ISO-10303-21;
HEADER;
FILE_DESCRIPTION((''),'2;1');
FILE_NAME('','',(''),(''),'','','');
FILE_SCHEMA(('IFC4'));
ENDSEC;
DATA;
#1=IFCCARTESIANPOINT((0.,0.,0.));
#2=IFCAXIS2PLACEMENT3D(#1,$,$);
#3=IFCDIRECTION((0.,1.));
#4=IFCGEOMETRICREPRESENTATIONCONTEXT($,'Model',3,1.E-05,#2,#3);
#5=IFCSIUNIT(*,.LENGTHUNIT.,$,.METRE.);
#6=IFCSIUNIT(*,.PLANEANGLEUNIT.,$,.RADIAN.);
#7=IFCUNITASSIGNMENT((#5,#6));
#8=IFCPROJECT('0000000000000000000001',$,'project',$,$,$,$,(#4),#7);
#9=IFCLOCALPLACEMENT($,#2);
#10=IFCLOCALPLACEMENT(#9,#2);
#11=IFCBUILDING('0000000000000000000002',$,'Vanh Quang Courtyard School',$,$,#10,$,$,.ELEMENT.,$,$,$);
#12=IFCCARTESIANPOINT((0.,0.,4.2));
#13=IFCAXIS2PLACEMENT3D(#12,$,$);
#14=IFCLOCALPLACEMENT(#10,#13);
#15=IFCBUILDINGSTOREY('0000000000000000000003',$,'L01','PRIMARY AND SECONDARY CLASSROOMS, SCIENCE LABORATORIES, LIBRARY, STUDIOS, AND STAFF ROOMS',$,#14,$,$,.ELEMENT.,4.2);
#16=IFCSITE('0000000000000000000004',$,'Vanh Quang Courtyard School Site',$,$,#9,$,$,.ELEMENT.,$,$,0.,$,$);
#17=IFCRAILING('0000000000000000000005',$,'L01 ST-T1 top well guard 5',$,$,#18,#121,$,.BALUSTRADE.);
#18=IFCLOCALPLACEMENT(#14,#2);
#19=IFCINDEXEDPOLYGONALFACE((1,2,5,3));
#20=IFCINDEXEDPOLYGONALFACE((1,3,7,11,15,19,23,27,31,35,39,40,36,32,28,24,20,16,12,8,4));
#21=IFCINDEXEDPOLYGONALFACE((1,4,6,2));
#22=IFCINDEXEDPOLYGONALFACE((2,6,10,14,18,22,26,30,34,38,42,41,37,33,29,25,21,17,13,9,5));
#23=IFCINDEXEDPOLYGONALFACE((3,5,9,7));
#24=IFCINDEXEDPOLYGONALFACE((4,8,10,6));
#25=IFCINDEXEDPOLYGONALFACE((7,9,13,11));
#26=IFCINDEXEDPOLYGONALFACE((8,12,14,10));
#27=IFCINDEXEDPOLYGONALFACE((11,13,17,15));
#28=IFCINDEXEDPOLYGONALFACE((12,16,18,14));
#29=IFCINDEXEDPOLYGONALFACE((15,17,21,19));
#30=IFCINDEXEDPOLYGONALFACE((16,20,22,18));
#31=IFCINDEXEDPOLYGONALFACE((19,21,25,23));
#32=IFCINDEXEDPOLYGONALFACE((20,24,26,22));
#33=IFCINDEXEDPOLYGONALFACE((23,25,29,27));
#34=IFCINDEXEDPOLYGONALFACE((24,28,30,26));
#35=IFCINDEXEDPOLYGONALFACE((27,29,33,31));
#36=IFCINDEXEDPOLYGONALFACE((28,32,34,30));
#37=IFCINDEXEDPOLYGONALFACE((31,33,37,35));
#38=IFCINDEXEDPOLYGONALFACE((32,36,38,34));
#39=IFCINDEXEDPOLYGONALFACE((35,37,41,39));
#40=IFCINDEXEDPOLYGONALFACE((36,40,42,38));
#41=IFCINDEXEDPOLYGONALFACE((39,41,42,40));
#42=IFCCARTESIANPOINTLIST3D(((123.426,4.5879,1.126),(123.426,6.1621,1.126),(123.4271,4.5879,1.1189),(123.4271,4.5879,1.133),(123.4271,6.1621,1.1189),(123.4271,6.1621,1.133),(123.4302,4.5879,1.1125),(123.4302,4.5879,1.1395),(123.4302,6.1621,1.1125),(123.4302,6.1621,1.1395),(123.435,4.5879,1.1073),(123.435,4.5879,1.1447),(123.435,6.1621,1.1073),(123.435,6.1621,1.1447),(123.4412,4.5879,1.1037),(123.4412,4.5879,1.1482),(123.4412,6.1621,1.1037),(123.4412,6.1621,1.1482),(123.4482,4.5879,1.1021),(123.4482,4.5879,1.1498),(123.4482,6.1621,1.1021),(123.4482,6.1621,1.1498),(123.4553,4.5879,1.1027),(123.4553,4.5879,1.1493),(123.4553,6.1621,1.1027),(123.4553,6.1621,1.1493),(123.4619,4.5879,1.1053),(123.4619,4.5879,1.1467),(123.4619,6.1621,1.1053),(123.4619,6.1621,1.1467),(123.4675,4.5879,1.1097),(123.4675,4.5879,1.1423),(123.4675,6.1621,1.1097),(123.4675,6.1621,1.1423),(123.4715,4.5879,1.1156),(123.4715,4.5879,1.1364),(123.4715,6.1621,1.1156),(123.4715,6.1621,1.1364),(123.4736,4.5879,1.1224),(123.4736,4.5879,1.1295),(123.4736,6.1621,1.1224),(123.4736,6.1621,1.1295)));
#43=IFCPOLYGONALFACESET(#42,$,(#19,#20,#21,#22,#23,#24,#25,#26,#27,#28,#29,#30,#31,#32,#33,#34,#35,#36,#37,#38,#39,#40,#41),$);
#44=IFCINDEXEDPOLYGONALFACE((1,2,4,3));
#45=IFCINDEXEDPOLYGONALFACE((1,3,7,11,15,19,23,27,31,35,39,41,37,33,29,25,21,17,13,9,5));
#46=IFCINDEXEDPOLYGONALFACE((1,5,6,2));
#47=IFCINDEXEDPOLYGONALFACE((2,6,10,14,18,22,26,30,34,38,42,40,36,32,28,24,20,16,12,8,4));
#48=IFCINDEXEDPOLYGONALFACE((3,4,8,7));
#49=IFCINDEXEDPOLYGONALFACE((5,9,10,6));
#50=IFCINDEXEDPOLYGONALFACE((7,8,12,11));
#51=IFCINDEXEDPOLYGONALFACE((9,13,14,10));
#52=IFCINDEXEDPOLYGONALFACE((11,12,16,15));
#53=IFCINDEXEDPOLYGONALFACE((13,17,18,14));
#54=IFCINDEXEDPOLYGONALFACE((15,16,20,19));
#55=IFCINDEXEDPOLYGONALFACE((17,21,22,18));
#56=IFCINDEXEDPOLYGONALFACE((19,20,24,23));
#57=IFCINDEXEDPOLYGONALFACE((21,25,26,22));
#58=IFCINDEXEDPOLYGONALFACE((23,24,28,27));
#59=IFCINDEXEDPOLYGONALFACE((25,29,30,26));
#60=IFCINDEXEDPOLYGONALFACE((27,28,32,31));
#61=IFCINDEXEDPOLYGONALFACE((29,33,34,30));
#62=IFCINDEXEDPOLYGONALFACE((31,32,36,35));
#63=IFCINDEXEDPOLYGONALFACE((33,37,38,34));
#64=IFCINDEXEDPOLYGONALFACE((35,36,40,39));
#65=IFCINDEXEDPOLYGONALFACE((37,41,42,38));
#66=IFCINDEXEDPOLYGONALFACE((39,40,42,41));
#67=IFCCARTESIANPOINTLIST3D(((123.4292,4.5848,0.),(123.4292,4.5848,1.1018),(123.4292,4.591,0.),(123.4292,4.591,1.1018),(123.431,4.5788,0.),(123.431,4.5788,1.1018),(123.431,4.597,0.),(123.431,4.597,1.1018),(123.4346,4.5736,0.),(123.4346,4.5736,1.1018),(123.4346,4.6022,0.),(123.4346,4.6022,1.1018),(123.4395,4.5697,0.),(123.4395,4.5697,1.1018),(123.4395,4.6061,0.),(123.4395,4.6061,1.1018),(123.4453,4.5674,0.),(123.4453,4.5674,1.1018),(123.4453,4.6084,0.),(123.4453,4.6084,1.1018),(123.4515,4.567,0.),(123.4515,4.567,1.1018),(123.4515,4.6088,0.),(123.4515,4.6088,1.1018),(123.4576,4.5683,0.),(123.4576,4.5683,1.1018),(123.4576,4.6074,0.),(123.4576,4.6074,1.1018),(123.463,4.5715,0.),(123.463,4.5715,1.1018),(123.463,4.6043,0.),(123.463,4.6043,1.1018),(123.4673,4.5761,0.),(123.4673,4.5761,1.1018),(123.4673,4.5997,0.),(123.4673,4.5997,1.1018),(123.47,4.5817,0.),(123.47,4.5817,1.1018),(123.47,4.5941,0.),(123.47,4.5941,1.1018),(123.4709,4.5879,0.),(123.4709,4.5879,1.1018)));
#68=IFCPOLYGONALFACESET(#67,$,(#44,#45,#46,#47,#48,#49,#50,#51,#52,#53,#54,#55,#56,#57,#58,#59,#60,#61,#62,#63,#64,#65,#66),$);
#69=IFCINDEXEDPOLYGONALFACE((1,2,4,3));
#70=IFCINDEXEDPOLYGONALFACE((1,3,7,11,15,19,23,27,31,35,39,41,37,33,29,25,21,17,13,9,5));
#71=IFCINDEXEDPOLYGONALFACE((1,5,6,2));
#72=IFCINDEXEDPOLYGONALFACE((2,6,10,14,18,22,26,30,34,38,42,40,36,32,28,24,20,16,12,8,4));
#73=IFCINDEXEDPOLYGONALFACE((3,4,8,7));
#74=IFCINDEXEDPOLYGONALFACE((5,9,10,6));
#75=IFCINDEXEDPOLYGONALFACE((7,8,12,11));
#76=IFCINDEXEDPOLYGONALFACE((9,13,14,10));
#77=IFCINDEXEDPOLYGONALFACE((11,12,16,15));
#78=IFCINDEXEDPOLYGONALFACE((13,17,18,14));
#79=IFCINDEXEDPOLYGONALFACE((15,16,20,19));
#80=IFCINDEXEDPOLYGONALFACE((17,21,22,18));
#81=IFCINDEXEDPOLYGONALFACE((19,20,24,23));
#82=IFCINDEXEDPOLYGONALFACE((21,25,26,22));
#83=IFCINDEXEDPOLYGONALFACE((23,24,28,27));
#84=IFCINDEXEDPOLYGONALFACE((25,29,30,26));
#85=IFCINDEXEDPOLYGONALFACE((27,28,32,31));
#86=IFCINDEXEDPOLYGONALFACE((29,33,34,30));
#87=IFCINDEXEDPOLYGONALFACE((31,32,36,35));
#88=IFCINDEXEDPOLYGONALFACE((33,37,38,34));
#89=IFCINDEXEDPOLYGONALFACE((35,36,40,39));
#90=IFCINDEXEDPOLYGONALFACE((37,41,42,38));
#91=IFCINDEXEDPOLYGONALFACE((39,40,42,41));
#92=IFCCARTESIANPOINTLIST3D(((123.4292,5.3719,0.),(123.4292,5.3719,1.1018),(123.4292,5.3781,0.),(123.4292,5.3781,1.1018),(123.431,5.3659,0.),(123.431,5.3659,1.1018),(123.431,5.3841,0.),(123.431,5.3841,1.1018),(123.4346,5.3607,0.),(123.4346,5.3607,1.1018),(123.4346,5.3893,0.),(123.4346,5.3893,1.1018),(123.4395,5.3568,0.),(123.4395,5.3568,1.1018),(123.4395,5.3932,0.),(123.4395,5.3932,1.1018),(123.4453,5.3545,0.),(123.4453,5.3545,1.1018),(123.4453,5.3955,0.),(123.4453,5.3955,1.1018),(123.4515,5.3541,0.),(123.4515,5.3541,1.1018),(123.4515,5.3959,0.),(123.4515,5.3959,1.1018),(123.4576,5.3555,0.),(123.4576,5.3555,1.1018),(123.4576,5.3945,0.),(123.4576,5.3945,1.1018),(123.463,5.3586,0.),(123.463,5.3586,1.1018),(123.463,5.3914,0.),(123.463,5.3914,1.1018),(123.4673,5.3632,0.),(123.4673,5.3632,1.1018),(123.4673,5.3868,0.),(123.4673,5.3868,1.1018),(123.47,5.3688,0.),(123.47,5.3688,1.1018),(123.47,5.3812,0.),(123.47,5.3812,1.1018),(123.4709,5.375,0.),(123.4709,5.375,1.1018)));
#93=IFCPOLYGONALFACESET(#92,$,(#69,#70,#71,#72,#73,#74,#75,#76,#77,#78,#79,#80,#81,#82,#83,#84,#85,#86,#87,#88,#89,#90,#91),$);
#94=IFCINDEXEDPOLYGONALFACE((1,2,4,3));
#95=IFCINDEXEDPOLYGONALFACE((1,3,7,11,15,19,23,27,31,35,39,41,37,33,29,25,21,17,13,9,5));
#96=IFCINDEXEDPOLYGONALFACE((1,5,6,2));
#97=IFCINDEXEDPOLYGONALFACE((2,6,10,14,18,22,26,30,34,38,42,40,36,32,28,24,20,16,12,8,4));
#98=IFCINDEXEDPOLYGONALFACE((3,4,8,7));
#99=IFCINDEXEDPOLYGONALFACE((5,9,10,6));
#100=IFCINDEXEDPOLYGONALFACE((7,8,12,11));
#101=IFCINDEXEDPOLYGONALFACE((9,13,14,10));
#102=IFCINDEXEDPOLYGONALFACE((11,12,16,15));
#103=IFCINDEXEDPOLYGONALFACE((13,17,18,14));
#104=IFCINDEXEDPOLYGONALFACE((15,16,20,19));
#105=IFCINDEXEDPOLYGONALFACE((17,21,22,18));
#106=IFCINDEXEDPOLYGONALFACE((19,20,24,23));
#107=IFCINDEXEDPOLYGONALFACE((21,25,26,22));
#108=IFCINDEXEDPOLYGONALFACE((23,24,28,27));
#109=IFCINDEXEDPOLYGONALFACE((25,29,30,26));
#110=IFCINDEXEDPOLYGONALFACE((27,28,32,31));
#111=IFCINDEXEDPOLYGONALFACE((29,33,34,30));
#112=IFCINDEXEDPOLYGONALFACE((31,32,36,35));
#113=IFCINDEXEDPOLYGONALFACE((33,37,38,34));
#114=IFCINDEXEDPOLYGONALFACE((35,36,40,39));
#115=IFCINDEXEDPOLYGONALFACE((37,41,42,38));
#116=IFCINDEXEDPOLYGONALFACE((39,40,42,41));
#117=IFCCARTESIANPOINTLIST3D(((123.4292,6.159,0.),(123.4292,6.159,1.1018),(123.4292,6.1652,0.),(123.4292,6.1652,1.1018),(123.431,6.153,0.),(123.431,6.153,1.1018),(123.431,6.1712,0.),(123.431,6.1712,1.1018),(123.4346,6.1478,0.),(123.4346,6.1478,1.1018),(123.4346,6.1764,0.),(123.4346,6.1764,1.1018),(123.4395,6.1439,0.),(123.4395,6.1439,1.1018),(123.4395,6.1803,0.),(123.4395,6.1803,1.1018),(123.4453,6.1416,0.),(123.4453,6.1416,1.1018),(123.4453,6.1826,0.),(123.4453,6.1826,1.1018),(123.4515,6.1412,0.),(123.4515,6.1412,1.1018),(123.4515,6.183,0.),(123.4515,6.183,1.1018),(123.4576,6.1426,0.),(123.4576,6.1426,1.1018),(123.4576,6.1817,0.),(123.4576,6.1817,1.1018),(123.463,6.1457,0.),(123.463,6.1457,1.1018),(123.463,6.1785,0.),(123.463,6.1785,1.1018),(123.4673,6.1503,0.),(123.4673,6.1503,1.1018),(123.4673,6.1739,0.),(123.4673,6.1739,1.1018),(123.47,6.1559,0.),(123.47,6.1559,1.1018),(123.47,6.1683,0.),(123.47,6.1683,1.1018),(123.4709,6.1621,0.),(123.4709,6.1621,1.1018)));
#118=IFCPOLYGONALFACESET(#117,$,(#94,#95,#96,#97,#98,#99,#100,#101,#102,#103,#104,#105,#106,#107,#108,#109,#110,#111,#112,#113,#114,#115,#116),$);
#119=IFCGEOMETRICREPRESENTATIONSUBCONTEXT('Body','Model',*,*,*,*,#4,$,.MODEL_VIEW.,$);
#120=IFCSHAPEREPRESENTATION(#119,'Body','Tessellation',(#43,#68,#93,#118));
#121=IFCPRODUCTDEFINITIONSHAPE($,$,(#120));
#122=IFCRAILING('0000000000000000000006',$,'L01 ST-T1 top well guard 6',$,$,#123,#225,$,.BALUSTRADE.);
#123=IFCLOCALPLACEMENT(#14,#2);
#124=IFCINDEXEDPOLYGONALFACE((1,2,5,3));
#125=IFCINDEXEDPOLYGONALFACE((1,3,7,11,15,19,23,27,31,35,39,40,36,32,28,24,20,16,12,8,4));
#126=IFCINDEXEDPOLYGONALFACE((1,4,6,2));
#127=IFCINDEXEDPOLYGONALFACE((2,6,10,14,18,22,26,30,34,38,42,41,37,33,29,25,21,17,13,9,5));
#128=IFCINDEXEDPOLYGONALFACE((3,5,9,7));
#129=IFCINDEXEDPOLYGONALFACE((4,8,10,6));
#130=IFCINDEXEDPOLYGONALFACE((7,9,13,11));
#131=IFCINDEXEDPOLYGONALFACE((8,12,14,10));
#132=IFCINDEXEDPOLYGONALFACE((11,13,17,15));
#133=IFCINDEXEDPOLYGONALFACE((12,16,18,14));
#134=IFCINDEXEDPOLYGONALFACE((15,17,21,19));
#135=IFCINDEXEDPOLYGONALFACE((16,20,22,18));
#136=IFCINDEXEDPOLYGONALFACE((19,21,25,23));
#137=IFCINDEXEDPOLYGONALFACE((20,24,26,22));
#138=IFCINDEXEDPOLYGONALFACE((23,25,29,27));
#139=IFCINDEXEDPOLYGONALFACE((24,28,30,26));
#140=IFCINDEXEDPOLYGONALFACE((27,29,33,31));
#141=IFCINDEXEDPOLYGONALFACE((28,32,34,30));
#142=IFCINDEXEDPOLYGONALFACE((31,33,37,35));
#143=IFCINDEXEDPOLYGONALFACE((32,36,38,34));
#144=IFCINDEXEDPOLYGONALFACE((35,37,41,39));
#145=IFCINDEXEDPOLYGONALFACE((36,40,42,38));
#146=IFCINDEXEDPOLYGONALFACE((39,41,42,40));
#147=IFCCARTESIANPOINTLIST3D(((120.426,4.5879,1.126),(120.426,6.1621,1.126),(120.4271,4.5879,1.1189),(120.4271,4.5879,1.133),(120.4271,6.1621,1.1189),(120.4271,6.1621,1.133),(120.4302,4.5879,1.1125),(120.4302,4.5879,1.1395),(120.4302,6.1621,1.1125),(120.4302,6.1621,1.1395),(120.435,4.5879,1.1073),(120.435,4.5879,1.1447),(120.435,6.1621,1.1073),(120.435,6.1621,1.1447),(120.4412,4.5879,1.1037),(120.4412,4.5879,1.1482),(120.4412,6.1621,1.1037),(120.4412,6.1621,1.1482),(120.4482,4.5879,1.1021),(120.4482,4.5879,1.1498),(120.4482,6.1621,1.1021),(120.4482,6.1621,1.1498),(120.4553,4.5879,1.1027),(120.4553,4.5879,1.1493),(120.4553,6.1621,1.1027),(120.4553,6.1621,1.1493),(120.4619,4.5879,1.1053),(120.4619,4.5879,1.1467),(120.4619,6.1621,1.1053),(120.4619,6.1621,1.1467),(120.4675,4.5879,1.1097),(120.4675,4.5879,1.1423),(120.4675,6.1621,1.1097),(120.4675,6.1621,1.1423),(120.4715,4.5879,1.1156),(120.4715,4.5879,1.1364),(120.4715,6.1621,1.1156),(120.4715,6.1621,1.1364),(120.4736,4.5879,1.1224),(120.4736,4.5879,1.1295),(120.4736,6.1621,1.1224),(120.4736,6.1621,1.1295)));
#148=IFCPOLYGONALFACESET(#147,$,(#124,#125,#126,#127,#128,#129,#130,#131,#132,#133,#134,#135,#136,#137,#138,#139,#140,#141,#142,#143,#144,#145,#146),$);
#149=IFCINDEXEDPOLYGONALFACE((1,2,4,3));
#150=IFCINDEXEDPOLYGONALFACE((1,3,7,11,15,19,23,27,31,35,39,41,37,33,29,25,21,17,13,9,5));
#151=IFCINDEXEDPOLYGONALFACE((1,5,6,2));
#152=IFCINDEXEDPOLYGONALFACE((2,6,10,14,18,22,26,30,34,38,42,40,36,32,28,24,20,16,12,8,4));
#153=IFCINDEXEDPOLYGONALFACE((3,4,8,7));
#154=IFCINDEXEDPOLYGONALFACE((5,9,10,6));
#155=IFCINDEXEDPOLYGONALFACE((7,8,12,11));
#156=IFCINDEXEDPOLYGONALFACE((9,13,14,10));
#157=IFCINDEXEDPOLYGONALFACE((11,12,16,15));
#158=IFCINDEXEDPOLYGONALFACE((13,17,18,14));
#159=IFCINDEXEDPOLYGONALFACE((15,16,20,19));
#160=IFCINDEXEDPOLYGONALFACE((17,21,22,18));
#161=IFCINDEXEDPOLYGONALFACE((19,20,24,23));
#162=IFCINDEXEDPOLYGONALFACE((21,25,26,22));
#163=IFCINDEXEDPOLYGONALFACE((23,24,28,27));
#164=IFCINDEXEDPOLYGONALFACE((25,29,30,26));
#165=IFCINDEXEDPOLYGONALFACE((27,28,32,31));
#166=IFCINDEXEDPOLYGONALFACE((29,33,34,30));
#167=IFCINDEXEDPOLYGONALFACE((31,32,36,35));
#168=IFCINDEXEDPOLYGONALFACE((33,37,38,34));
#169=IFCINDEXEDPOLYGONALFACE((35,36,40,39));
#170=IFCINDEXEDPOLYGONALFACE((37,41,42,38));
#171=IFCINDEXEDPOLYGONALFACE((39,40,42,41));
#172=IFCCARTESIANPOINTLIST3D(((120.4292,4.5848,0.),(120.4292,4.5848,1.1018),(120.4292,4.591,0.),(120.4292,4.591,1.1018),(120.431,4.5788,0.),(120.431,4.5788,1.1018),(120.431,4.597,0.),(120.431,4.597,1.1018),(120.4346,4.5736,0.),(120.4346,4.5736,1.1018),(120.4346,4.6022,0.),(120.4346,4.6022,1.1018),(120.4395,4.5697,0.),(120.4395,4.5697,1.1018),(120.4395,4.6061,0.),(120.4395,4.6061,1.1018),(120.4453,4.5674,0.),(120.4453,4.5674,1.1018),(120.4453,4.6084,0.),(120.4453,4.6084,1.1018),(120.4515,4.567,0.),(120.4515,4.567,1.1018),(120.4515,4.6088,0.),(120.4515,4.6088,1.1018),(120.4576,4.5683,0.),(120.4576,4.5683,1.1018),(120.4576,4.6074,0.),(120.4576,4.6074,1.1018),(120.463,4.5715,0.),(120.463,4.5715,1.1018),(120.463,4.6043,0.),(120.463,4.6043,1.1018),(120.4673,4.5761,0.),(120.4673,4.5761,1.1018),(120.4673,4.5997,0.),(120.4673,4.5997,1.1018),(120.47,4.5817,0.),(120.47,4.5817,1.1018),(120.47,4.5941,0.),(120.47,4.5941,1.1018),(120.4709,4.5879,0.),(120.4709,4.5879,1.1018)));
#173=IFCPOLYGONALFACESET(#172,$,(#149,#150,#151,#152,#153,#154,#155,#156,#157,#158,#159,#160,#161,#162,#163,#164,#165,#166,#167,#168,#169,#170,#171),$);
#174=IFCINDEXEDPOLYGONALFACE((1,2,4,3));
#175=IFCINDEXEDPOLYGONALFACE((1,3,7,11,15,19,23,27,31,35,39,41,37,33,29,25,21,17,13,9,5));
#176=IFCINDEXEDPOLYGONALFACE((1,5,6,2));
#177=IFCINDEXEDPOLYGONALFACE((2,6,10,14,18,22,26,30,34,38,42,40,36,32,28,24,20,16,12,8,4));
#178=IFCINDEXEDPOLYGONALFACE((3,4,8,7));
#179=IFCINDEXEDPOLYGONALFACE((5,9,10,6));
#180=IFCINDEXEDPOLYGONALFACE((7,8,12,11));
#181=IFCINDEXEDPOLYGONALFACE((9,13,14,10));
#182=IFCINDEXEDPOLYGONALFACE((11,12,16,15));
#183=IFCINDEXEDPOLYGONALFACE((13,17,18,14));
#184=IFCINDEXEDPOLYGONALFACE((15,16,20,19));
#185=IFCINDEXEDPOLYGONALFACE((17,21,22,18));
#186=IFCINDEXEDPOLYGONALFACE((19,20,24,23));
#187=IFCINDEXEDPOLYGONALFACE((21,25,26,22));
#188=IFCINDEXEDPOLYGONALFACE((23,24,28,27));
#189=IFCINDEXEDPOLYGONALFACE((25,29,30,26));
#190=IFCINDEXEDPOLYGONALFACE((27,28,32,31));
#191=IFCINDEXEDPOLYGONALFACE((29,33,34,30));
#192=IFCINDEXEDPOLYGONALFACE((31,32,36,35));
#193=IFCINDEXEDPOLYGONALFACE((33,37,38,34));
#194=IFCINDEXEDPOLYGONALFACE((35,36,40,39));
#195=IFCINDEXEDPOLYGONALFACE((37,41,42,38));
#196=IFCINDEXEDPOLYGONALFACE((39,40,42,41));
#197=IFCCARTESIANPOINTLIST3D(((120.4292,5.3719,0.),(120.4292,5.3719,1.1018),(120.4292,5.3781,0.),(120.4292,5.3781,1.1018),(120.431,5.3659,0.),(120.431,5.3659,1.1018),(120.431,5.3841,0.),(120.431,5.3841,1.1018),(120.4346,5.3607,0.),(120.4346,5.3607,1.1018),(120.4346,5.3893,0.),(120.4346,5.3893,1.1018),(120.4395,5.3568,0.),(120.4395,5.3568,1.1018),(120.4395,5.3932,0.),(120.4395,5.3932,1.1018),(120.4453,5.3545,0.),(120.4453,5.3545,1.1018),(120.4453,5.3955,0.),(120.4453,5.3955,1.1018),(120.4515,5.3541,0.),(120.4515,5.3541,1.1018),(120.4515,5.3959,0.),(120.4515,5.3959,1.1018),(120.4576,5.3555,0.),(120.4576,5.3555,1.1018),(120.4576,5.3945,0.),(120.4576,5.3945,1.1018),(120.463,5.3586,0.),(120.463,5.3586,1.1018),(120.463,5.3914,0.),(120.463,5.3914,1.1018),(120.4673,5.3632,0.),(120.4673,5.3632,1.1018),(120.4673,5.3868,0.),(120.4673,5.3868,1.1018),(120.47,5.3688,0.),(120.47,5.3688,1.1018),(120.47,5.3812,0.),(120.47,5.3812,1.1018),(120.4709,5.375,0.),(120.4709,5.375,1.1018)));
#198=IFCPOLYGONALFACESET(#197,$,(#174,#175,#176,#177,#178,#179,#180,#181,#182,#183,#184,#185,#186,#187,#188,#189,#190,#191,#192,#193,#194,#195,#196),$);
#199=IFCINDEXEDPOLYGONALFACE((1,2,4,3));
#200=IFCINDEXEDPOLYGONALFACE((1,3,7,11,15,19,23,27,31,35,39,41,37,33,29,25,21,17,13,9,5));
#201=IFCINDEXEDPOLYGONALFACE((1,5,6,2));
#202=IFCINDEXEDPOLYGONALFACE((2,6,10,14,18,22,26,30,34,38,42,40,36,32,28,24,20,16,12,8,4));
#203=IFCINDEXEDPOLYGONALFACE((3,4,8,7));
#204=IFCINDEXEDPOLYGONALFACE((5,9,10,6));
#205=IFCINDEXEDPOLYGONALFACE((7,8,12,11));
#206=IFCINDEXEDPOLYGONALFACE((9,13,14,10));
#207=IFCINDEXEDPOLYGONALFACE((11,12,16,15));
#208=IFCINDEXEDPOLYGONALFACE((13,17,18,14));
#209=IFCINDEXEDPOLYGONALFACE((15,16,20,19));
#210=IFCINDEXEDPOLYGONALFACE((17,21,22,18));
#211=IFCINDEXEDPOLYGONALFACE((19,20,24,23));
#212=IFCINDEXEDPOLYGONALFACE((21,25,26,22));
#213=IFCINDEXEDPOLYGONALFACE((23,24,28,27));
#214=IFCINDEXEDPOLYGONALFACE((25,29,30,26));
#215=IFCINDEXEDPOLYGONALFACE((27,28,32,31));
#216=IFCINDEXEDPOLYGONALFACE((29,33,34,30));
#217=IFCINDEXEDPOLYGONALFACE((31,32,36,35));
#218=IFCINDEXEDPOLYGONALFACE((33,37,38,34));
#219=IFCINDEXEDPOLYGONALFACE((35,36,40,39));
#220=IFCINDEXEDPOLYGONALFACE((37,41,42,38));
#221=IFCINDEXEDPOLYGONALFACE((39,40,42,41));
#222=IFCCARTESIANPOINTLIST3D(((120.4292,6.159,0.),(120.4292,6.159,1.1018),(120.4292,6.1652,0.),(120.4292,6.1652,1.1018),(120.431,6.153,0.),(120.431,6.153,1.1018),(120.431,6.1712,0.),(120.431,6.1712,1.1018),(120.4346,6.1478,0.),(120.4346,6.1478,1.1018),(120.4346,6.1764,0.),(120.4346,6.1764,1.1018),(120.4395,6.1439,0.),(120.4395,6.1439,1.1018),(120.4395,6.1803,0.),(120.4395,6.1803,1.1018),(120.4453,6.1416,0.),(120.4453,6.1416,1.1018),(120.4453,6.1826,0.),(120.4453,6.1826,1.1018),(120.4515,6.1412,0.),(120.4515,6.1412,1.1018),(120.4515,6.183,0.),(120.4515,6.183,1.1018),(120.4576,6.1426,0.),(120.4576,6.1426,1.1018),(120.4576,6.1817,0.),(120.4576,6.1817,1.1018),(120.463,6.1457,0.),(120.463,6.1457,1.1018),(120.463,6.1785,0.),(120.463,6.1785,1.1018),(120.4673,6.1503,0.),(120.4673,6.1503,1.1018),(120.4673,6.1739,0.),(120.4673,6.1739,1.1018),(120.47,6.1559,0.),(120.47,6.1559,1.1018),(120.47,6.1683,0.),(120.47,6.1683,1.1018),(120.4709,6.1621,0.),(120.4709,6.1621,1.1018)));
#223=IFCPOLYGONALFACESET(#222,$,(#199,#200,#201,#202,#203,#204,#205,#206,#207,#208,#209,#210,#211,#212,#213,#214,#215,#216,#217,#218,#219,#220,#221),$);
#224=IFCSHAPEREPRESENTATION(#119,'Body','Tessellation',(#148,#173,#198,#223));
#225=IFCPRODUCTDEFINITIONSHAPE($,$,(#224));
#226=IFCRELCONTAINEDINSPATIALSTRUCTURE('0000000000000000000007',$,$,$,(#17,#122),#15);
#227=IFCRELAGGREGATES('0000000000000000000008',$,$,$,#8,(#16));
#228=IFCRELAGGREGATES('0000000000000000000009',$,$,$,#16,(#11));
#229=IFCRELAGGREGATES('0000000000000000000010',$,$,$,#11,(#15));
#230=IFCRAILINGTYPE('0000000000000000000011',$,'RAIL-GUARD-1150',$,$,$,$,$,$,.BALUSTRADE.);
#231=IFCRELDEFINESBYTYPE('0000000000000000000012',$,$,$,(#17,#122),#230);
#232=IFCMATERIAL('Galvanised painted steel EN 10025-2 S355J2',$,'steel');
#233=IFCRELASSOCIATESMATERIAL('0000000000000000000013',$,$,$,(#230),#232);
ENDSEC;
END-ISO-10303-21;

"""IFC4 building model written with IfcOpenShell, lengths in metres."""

from ifc_helpers import new_model, si_unit, direction, frame, origin, origin_2d, place, context, subcontext, project, spatial, circle, extrude, material, type_object, element, save


model = new_model("IFC4")

# Units and contexts
model_context = context("Model", 3, precision=1e-05, world=origin(), true_north=direction((0.0, 1.0)))
body_context = subcontext(model_context, "Body", "Model", "MODEL_VIEW")
ifc_project = project(units=[si_unit("LENGTHUNIT", "METRE"), si_unit("PLANEANGLEUNIT", "RADIAN")], contexts=[model_context])

# Site, building, storey
site_placement = place(None, origin())
site = spatial("IfcSite", under=ifc_project, at=site_placement, Name="Vanh Quang Courtyard School Site", CompositionType="ELEMENT", RefElevation=0.0)
building_placement = place(site_placement, origin())
building = spatial("IfcBuilding", under=site, at=building_placement, Name="Vanh Quang Courtyard School", CompositionType="ELEMENT")
storey_placement = place(building_placement, frame((0.0, 0.0, 4.2)))
storey = spatial("IfcBuildingStorey", under=building, at=storey_placement, Name="L01", Description="PRIMARY AND SECONDARY CLASSROOMS, SCIENCE LABORATORIES, LIBRARY, STUDIOS, AND STAFF ROOMS", CompositionType="ELEMENT", Elevation=4.2)

# Railings
ifc_material_1 = material(Name="Galvanised painted steel EN 10025-2 S355J2", Category="steel")
railing_type = type_object("IfcRailingType", Name="RAIL-GUARD-1150", PredefinedType="BALUSTRADE", material=ifc_material_1)
for number, where, name in (
    (1, (123.45, 4.5879, 0.0), "L01 ST-T1 top well guard 5"),
    (2, (120.45, 4.5879, 0.0), "L01 ST-T1 top well guard 6"),
):
    element("IfcRailing", number, at=place(storey_placement, frame(where)), inside=storey, type_object=railing_type, Name=name, PredefinedType="BALUSTRADE", context=body_context, shape_type="SweptSolid", body=[
        extrude(circle(Radius=0.0239, at=origin_2d()), frame((0.0, 0.0, 1.126), z_axis=(0.0, 1.0, 0.0), x_axis=(-1.0, 0.0, 0.0)), (0.0, 0.0, 1.0), 1.5742),
        extrude(circle(Radius=0.021, at=origin_2d()), origin(), (0.0, 0.0, 1.0), 1.1018),
        extrude(circle(Radius=0.021, at=origin_2d()), frame((0.0, 0.7871, 0.0)), (0.0, 0.0, 1.0), 1.1018),
        extrude(circle(Radius=0.021, at=origin_2d()), frame((0.0, 1.5742, 0.0)), (0.0, 0.0, 1.0), 1.1018),
    ])

save(model, "model.ifc")
